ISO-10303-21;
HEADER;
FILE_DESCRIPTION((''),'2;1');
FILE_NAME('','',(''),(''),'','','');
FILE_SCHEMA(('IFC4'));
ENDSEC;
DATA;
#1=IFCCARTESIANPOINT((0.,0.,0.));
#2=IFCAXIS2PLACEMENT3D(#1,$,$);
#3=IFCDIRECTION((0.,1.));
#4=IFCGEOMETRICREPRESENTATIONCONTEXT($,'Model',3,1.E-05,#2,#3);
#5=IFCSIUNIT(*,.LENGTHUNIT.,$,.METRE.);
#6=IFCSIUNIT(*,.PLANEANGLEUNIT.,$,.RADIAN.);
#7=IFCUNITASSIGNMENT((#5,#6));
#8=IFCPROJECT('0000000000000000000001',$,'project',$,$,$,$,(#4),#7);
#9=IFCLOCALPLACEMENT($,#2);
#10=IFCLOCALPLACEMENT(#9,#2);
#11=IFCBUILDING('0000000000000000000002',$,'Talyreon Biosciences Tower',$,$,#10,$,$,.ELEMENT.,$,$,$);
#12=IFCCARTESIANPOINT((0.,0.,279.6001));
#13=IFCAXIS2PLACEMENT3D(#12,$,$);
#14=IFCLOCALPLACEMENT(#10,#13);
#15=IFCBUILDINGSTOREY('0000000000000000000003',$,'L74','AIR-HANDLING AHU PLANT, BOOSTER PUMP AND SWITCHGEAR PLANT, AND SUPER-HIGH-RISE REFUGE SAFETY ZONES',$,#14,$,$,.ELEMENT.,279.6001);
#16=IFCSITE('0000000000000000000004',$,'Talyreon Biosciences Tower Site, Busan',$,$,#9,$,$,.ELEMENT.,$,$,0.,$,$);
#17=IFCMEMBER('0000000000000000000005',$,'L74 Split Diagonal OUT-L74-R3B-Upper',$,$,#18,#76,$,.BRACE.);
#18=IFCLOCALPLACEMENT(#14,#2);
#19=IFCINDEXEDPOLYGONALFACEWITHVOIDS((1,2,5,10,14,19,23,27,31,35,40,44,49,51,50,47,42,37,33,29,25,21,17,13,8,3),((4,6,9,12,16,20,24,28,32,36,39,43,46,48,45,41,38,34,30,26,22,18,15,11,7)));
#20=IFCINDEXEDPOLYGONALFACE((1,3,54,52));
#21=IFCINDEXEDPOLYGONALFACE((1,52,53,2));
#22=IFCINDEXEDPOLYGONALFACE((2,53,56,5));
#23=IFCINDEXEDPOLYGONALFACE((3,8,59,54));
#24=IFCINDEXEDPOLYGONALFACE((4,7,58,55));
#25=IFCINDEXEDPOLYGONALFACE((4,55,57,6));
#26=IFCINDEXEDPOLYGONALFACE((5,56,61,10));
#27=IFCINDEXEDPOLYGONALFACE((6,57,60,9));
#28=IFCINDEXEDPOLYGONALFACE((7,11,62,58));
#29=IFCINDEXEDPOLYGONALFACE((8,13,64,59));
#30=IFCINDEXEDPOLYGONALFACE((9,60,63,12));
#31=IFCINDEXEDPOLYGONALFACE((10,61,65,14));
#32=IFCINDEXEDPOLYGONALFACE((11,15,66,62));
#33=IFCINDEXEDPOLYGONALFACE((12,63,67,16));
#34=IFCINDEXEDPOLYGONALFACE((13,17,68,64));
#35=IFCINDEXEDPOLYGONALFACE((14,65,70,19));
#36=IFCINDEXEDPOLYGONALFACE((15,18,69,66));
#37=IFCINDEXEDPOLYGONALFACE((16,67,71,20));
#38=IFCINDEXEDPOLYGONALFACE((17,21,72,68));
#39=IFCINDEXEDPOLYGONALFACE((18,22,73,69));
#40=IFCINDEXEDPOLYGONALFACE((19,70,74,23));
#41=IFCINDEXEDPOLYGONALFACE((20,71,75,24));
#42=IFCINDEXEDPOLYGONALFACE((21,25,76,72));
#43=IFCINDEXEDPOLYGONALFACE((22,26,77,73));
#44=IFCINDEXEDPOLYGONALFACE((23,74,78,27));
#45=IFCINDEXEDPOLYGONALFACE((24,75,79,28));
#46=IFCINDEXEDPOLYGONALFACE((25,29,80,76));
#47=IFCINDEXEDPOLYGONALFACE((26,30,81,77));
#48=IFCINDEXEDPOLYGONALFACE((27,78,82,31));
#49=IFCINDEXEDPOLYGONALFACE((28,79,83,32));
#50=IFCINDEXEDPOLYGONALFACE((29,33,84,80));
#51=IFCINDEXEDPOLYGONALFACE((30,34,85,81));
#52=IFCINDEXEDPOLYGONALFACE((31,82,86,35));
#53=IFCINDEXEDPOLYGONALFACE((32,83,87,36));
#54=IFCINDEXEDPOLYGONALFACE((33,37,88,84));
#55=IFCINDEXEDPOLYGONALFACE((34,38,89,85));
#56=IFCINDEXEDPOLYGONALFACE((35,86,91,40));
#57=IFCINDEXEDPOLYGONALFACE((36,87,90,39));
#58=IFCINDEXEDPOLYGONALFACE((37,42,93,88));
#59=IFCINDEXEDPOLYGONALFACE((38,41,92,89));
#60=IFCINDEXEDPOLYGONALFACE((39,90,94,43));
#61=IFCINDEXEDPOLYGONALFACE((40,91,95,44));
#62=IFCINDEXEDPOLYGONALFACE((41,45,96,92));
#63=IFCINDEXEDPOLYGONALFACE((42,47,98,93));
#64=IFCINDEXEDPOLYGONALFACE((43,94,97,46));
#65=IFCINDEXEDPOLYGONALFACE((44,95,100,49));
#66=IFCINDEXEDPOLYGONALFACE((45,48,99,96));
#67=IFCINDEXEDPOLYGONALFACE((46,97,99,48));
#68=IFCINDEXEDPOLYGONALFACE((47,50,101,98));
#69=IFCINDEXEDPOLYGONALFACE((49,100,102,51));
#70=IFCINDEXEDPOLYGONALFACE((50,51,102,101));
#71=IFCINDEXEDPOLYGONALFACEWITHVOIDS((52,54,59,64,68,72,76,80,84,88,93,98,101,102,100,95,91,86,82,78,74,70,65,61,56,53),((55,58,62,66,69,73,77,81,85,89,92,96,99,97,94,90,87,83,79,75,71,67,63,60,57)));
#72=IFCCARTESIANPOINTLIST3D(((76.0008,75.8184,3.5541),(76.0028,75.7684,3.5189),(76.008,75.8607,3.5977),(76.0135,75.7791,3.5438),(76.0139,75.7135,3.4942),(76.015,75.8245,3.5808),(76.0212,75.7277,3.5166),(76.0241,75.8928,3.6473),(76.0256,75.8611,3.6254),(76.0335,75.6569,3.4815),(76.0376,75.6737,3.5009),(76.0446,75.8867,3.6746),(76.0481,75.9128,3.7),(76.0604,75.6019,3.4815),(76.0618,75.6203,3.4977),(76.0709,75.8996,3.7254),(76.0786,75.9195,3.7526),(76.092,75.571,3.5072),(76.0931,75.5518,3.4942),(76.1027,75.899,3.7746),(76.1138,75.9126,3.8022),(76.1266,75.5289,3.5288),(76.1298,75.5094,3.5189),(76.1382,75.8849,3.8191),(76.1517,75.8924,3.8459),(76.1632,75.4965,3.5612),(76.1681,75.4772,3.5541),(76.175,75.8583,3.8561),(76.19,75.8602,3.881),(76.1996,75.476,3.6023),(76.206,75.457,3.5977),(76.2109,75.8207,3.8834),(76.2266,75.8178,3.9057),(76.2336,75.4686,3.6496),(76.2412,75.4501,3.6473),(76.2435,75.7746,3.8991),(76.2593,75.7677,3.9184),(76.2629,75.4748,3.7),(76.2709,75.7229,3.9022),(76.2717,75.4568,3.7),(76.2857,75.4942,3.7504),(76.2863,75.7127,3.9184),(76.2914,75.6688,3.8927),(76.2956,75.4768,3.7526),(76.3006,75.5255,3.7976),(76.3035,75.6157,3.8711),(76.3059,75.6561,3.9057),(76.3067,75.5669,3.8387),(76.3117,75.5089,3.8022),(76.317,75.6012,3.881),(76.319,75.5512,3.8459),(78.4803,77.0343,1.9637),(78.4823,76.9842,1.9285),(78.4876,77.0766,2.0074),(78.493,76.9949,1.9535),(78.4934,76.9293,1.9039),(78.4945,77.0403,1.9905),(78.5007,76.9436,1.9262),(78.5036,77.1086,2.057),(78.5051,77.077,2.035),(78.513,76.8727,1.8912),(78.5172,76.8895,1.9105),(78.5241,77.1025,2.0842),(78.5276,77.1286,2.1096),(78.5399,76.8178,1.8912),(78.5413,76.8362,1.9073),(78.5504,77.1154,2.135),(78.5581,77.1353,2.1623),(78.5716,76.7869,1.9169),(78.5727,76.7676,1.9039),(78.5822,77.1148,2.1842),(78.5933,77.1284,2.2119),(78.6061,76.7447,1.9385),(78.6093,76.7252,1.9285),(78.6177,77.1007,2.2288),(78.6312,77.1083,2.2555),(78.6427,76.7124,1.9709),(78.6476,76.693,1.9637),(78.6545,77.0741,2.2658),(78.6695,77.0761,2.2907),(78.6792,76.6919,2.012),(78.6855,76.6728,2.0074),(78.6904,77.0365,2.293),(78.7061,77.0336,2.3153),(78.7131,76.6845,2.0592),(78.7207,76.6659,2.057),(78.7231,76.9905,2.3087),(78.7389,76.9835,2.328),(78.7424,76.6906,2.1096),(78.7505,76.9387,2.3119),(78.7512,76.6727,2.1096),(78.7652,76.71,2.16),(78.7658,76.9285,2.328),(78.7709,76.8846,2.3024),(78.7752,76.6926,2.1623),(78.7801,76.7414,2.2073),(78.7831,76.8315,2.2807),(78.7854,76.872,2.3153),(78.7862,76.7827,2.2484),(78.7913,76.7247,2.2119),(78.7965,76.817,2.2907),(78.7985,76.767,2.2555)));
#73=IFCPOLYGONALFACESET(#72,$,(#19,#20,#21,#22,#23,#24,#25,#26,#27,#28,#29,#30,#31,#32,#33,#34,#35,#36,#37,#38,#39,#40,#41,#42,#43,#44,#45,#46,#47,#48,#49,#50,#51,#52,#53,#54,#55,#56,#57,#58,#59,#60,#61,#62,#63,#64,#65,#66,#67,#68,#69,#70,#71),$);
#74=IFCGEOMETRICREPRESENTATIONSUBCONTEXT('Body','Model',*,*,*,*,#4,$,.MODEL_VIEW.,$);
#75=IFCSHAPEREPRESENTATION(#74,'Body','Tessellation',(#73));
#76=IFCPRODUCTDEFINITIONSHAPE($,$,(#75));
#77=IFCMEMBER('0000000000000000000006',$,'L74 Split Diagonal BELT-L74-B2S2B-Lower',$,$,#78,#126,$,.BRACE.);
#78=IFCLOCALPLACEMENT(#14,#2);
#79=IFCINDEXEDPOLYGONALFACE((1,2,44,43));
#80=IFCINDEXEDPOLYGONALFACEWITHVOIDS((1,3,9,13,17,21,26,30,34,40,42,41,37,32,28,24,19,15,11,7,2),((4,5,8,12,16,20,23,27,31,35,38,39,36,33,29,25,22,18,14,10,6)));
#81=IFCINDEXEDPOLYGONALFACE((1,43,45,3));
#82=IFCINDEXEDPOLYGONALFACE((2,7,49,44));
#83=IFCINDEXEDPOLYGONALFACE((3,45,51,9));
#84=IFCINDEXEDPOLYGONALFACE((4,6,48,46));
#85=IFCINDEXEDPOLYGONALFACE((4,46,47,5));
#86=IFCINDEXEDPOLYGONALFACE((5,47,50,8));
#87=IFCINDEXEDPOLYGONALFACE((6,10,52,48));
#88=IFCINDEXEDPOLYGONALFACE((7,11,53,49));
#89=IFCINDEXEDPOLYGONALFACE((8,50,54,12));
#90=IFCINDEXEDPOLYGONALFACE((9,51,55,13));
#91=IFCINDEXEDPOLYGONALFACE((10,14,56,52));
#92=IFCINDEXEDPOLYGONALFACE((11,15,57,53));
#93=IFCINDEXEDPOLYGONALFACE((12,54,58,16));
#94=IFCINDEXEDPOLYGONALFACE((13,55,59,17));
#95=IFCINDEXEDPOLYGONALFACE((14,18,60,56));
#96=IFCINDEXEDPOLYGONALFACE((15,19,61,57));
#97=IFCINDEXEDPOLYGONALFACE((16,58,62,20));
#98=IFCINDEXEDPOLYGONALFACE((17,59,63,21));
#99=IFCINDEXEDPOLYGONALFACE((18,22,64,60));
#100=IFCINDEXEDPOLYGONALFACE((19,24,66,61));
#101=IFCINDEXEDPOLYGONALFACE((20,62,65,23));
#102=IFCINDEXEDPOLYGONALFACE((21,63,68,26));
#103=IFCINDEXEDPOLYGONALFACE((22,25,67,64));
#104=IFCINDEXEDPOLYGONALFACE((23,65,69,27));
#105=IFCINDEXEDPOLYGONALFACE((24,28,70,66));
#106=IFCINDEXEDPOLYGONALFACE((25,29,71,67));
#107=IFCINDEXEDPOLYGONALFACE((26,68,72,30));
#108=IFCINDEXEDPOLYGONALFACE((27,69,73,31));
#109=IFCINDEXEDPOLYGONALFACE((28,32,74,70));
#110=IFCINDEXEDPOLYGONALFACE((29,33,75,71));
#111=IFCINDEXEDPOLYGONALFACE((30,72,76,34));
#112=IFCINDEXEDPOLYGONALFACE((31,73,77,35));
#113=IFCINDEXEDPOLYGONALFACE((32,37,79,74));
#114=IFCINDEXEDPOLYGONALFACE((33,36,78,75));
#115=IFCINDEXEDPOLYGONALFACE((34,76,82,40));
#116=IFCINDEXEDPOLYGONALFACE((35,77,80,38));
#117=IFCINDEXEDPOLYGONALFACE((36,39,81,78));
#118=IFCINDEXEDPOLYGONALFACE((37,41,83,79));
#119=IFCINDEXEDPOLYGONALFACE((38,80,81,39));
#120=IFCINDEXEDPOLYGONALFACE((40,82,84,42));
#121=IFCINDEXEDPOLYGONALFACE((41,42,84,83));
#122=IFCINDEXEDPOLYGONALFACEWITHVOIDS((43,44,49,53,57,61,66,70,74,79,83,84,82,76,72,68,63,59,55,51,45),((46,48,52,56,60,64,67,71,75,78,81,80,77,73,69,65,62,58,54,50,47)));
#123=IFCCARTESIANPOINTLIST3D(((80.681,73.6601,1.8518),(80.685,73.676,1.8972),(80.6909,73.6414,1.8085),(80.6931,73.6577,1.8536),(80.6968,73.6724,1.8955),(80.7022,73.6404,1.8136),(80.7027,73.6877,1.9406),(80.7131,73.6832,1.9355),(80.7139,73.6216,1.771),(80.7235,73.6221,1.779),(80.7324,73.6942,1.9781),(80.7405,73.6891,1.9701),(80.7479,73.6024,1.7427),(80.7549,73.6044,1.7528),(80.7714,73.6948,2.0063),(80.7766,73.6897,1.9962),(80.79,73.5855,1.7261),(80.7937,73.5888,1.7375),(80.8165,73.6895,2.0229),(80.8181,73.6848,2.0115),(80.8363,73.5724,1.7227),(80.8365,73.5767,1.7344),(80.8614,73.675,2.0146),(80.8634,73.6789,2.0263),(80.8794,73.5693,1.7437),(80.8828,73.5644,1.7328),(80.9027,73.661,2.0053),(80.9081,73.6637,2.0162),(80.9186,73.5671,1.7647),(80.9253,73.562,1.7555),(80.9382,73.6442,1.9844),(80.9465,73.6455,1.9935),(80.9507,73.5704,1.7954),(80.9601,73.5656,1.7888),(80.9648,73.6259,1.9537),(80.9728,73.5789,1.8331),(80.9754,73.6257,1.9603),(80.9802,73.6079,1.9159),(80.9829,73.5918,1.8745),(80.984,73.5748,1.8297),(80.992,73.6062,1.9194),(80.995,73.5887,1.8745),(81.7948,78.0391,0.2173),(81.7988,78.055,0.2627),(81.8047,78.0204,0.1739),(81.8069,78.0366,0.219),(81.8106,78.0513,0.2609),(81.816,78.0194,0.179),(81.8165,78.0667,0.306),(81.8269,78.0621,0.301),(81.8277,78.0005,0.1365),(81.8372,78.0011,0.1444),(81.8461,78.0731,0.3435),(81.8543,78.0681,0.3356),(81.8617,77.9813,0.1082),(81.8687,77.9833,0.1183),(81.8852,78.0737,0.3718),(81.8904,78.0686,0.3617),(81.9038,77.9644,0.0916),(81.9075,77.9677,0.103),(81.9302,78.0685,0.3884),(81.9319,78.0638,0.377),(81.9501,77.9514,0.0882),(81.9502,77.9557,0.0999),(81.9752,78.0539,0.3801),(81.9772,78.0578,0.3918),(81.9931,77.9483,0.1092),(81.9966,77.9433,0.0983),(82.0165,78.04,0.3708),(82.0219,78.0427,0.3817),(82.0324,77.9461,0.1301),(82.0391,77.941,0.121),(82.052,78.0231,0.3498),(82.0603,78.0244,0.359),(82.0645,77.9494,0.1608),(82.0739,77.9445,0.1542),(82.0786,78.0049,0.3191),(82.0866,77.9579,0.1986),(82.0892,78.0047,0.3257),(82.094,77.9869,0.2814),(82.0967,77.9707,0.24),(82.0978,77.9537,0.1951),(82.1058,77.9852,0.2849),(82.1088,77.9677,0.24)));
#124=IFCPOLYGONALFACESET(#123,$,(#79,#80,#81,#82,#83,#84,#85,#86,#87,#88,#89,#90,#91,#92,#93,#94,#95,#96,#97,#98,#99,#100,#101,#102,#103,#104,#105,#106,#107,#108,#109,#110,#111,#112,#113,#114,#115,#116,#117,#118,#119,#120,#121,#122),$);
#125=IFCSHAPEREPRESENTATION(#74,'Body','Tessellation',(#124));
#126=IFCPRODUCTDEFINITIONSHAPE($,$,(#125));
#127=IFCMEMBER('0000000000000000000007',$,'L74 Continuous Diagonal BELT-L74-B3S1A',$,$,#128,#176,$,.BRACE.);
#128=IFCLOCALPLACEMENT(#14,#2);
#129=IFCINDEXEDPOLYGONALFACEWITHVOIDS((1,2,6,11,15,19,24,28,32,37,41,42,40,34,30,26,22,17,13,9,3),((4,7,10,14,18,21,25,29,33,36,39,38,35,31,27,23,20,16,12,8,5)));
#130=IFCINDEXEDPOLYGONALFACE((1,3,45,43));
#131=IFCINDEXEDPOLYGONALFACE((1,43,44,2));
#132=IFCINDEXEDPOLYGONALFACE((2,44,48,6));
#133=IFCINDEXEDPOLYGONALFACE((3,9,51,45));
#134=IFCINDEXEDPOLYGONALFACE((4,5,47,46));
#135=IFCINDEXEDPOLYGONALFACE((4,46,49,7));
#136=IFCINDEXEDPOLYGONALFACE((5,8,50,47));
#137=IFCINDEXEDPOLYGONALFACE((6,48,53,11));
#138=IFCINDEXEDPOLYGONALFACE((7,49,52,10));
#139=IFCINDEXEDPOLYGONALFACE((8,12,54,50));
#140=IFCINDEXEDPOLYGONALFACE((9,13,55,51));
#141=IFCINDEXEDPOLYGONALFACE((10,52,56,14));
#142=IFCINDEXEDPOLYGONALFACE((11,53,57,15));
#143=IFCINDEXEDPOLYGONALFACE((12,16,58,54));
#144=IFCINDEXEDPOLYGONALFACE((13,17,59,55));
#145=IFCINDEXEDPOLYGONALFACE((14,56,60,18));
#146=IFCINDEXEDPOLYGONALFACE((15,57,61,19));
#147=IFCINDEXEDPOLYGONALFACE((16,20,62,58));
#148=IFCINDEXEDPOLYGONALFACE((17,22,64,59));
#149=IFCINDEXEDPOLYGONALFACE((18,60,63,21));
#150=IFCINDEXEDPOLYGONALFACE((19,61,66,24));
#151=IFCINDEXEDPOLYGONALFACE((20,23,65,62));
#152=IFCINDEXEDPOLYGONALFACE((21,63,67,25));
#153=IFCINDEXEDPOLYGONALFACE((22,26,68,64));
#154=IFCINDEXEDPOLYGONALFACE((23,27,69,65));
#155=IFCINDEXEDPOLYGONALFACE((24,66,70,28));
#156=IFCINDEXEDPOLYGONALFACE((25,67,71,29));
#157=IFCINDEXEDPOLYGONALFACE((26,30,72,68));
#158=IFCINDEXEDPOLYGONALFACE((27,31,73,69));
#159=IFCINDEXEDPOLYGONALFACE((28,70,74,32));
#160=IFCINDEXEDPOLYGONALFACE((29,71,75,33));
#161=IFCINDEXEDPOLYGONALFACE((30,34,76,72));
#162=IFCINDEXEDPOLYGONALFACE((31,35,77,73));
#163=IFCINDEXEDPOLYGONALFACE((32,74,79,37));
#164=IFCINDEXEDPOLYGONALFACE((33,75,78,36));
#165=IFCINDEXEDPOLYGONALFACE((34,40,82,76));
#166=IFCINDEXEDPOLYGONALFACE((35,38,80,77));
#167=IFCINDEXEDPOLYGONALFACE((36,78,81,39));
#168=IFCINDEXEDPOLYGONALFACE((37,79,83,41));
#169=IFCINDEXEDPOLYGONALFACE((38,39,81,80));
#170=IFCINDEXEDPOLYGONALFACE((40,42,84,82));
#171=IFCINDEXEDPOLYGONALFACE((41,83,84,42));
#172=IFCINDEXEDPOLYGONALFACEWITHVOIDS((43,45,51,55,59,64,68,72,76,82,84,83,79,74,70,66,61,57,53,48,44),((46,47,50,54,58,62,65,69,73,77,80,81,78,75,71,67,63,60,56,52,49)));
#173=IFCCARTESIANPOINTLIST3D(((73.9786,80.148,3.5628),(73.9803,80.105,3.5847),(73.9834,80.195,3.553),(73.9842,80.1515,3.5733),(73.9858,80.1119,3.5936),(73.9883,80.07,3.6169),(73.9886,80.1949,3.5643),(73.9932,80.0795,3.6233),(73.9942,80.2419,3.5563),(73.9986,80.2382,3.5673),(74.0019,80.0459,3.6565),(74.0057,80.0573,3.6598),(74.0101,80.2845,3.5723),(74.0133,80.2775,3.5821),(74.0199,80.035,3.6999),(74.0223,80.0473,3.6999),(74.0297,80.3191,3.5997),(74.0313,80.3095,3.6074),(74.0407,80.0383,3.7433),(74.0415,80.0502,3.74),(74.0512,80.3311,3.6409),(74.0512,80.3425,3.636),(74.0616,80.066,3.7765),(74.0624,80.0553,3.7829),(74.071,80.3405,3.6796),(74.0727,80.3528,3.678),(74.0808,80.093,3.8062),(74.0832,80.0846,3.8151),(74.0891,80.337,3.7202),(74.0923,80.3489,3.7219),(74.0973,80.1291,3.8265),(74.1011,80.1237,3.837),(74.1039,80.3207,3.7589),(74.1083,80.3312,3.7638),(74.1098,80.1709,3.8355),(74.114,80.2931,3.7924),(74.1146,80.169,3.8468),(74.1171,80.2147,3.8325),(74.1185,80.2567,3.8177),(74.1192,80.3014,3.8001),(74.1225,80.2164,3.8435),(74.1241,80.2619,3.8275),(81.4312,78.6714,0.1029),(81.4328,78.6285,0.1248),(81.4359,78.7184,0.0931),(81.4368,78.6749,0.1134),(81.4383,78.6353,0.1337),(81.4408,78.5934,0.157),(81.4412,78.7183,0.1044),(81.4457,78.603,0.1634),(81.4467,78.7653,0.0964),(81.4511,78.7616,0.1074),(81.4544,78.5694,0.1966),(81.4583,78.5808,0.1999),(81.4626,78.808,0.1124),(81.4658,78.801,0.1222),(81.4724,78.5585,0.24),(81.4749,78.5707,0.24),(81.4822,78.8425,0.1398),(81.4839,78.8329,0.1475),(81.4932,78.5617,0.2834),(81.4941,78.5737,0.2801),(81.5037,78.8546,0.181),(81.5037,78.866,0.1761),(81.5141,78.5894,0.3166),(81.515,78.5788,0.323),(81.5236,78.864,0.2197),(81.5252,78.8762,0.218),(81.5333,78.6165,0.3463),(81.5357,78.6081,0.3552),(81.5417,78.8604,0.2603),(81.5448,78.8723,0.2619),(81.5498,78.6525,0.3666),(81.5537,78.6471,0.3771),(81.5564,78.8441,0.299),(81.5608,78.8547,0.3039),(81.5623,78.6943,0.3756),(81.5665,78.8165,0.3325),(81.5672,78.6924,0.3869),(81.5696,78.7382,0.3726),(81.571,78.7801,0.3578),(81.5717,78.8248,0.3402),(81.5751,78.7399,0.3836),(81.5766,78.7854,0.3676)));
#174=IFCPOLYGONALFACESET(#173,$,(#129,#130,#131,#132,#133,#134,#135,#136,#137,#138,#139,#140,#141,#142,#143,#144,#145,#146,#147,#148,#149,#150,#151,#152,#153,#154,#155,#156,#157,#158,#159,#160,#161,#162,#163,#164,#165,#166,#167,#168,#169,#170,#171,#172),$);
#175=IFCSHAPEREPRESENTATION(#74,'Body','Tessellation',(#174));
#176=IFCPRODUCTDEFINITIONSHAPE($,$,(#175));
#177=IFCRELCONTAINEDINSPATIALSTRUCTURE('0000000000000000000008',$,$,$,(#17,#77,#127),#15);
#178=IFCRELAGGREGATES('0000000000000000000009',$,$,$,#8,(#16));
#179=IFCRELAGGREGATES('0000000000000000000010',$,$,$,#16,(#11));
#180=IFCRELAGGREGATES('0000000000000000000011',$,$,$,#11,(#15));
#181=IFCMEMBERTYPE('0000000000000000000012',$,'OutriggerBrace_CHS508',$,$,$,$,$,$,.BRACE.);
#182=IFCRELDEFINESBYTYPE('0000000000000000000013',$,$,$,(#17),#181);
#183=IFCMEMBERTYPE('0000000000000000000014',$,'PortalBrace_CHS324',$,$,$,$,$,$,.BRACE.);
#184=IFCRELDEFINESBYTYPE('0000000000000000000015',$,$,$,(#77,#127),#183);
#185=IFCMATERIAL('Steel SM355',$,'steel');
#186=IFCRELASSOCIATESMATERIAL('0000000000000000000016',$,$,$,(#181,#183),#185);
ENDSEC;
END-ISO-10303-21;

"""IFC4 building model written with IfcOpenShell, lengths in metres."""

from ifc_helpers import new_model, si_unit, direction, frame, origin, origin_2d, place, context, subcontext, project, spatial, hollow_circle, extrude, material, material_profile, profile_set, type_object, element, save


model = new_model("IFC4")

# Units and contexts
model_context = context("Model", 3, precision=1e-05, world=origin(), true_north=direction((0.0, 1.0)))
body_context = subcontext(model_context, "Body", "Model", "MODEL_VIEW")
ifc_project = project(units=[si_unit("LENGTHUNIT", "METRE"), si_unit("PLANEANGLEUNIT", "RADIAN")], contexts=[model_context])

# Site, building, storey
site_placement = place(None, origin())
site = spatial("IfcSite", under=ifc_project, at=site_placement, Name="Talyreon Biosciences Tower Site, Busan", CompositionType="ELEMENT", RefElevation=0.0)
building_placement = place(site_placement, origin())
building = spatial("IfcBuilding", under=site, at=building_placement, Name="Talyreon Biosciences Tower", CompositionType="ELEMENT")
storey_placement = place(building_placement, frame((0.0, 0.0, 279.6001)))
storey = spatial("IfcBuildingStorey", under=building, at=storey_placement, Name="L74", Description="AIR-HANDLING AHU PLANT, BOOSTER PUMP AND SWITCHGEAR PLANT, AND SUPER-HIGH-RISE REFUGE SAFETY ZONES", CompositionType="ELEMENT", Elevation=279.6001)

# Shared definitions
ifc_material_1 = material(Name="Steel SM355", Category="steel")

# Members
ifc_material_profile_1 = material_profile(ifc_material_1, hollow_circle(Radius=0.2539, WallThickness=0.02, at=origin_2d()), Name="CHS 508x20")
ifc_profile_set_1 = profile_set([ifc_material_profile_1], Name="Steel SM355")
member_type_1 = type_object("IfcMemberType", Name="OutriggerBrace_CHS508", PredefinedType="BRACE", material=ifc_profile_set_1)
for number, where, z_axis, x_axis, name in (
    (1, (78.6394, 76.9006, 2.1096), (-0.778068, -0.381526, 0.499048), (0.440269, -0.897866, 0.0), "L74 Split Diagonal OUT-L74-R3B-Upper"),
):
    element("IfcMember", number, at=place(storey_placement, frame(where, z_axis=z_axis, x_axis=x_axis)), inside=storey, type_object=member_type_1, Name=name, PredefinedType="BRACE", context=body_context, shape_type="SweptSolid", body=[
        extrude(hollow_circle(Radius=0.2539, WallThickness=0.02, at=origin_2d()), origin(), (0.0, 0.0, 1.0), 3.1868),
    ])
ifc_material_profile_2 = material_profile(ifc_material_1, hollow_circle(Radius=0.1619, WallThickness=0.0125, at=origin_2d()), Name="CHS 323.9x12.5")
ifc_profile_set_2 = profile_set([ifc_material_profile_2], Name="Steel SM355")
member_type_2 = type_object("IfcMemberType", Name="PortalBrace_CHS324", PredefinedType="BRACE", material=ifc_profile_set_2)
member_1_placement = place(storey_placement, frame((81.9519, 78.0076, 0.24), z_axis=(-0.231799, -0.911344, 0.340179), x_axis=(0.969143, -0.2465, 0.0)))
element("IfcMember", 2, at=member_1_placement, inside=storey, type_object=member_type_2, Name="L74 Split Diagonal BELT-L74-B2S2B-Lower", PredefinedType="BRACE", context=body_context, shape_type="SweptSolid", body=[
    extrude(hollow_circle(Radius=0.1619, WallThickness=0.0125, at=origin_2d()), origin(), (0.0, 0.0, 1.0), 4.8049),
])
member_2_placement = place(storey_placement, frame((81.5039, 78.7173, 0.24), z_axis=(-0.892718, 0.176871, 0.414453), x_axis=(-0.194348, -0.980933, 0.0)))
element("IfcMember", 3, at=member_2_placement, inside=storey, type_object=member_type_2, Name="L74 Continuous Diagonal BELT-L74-B3S1A", PredefinedType="BRACE", context=body_context, shape_type="SweptSolid", body=[
    extrude(hollow_circle(Radius=0.1619, WallThickness=0.0125, at=origin_2d()), origin(), (0.0, 0.0, 1.0), 8.3481),
])

save(model, "model.ifc")
